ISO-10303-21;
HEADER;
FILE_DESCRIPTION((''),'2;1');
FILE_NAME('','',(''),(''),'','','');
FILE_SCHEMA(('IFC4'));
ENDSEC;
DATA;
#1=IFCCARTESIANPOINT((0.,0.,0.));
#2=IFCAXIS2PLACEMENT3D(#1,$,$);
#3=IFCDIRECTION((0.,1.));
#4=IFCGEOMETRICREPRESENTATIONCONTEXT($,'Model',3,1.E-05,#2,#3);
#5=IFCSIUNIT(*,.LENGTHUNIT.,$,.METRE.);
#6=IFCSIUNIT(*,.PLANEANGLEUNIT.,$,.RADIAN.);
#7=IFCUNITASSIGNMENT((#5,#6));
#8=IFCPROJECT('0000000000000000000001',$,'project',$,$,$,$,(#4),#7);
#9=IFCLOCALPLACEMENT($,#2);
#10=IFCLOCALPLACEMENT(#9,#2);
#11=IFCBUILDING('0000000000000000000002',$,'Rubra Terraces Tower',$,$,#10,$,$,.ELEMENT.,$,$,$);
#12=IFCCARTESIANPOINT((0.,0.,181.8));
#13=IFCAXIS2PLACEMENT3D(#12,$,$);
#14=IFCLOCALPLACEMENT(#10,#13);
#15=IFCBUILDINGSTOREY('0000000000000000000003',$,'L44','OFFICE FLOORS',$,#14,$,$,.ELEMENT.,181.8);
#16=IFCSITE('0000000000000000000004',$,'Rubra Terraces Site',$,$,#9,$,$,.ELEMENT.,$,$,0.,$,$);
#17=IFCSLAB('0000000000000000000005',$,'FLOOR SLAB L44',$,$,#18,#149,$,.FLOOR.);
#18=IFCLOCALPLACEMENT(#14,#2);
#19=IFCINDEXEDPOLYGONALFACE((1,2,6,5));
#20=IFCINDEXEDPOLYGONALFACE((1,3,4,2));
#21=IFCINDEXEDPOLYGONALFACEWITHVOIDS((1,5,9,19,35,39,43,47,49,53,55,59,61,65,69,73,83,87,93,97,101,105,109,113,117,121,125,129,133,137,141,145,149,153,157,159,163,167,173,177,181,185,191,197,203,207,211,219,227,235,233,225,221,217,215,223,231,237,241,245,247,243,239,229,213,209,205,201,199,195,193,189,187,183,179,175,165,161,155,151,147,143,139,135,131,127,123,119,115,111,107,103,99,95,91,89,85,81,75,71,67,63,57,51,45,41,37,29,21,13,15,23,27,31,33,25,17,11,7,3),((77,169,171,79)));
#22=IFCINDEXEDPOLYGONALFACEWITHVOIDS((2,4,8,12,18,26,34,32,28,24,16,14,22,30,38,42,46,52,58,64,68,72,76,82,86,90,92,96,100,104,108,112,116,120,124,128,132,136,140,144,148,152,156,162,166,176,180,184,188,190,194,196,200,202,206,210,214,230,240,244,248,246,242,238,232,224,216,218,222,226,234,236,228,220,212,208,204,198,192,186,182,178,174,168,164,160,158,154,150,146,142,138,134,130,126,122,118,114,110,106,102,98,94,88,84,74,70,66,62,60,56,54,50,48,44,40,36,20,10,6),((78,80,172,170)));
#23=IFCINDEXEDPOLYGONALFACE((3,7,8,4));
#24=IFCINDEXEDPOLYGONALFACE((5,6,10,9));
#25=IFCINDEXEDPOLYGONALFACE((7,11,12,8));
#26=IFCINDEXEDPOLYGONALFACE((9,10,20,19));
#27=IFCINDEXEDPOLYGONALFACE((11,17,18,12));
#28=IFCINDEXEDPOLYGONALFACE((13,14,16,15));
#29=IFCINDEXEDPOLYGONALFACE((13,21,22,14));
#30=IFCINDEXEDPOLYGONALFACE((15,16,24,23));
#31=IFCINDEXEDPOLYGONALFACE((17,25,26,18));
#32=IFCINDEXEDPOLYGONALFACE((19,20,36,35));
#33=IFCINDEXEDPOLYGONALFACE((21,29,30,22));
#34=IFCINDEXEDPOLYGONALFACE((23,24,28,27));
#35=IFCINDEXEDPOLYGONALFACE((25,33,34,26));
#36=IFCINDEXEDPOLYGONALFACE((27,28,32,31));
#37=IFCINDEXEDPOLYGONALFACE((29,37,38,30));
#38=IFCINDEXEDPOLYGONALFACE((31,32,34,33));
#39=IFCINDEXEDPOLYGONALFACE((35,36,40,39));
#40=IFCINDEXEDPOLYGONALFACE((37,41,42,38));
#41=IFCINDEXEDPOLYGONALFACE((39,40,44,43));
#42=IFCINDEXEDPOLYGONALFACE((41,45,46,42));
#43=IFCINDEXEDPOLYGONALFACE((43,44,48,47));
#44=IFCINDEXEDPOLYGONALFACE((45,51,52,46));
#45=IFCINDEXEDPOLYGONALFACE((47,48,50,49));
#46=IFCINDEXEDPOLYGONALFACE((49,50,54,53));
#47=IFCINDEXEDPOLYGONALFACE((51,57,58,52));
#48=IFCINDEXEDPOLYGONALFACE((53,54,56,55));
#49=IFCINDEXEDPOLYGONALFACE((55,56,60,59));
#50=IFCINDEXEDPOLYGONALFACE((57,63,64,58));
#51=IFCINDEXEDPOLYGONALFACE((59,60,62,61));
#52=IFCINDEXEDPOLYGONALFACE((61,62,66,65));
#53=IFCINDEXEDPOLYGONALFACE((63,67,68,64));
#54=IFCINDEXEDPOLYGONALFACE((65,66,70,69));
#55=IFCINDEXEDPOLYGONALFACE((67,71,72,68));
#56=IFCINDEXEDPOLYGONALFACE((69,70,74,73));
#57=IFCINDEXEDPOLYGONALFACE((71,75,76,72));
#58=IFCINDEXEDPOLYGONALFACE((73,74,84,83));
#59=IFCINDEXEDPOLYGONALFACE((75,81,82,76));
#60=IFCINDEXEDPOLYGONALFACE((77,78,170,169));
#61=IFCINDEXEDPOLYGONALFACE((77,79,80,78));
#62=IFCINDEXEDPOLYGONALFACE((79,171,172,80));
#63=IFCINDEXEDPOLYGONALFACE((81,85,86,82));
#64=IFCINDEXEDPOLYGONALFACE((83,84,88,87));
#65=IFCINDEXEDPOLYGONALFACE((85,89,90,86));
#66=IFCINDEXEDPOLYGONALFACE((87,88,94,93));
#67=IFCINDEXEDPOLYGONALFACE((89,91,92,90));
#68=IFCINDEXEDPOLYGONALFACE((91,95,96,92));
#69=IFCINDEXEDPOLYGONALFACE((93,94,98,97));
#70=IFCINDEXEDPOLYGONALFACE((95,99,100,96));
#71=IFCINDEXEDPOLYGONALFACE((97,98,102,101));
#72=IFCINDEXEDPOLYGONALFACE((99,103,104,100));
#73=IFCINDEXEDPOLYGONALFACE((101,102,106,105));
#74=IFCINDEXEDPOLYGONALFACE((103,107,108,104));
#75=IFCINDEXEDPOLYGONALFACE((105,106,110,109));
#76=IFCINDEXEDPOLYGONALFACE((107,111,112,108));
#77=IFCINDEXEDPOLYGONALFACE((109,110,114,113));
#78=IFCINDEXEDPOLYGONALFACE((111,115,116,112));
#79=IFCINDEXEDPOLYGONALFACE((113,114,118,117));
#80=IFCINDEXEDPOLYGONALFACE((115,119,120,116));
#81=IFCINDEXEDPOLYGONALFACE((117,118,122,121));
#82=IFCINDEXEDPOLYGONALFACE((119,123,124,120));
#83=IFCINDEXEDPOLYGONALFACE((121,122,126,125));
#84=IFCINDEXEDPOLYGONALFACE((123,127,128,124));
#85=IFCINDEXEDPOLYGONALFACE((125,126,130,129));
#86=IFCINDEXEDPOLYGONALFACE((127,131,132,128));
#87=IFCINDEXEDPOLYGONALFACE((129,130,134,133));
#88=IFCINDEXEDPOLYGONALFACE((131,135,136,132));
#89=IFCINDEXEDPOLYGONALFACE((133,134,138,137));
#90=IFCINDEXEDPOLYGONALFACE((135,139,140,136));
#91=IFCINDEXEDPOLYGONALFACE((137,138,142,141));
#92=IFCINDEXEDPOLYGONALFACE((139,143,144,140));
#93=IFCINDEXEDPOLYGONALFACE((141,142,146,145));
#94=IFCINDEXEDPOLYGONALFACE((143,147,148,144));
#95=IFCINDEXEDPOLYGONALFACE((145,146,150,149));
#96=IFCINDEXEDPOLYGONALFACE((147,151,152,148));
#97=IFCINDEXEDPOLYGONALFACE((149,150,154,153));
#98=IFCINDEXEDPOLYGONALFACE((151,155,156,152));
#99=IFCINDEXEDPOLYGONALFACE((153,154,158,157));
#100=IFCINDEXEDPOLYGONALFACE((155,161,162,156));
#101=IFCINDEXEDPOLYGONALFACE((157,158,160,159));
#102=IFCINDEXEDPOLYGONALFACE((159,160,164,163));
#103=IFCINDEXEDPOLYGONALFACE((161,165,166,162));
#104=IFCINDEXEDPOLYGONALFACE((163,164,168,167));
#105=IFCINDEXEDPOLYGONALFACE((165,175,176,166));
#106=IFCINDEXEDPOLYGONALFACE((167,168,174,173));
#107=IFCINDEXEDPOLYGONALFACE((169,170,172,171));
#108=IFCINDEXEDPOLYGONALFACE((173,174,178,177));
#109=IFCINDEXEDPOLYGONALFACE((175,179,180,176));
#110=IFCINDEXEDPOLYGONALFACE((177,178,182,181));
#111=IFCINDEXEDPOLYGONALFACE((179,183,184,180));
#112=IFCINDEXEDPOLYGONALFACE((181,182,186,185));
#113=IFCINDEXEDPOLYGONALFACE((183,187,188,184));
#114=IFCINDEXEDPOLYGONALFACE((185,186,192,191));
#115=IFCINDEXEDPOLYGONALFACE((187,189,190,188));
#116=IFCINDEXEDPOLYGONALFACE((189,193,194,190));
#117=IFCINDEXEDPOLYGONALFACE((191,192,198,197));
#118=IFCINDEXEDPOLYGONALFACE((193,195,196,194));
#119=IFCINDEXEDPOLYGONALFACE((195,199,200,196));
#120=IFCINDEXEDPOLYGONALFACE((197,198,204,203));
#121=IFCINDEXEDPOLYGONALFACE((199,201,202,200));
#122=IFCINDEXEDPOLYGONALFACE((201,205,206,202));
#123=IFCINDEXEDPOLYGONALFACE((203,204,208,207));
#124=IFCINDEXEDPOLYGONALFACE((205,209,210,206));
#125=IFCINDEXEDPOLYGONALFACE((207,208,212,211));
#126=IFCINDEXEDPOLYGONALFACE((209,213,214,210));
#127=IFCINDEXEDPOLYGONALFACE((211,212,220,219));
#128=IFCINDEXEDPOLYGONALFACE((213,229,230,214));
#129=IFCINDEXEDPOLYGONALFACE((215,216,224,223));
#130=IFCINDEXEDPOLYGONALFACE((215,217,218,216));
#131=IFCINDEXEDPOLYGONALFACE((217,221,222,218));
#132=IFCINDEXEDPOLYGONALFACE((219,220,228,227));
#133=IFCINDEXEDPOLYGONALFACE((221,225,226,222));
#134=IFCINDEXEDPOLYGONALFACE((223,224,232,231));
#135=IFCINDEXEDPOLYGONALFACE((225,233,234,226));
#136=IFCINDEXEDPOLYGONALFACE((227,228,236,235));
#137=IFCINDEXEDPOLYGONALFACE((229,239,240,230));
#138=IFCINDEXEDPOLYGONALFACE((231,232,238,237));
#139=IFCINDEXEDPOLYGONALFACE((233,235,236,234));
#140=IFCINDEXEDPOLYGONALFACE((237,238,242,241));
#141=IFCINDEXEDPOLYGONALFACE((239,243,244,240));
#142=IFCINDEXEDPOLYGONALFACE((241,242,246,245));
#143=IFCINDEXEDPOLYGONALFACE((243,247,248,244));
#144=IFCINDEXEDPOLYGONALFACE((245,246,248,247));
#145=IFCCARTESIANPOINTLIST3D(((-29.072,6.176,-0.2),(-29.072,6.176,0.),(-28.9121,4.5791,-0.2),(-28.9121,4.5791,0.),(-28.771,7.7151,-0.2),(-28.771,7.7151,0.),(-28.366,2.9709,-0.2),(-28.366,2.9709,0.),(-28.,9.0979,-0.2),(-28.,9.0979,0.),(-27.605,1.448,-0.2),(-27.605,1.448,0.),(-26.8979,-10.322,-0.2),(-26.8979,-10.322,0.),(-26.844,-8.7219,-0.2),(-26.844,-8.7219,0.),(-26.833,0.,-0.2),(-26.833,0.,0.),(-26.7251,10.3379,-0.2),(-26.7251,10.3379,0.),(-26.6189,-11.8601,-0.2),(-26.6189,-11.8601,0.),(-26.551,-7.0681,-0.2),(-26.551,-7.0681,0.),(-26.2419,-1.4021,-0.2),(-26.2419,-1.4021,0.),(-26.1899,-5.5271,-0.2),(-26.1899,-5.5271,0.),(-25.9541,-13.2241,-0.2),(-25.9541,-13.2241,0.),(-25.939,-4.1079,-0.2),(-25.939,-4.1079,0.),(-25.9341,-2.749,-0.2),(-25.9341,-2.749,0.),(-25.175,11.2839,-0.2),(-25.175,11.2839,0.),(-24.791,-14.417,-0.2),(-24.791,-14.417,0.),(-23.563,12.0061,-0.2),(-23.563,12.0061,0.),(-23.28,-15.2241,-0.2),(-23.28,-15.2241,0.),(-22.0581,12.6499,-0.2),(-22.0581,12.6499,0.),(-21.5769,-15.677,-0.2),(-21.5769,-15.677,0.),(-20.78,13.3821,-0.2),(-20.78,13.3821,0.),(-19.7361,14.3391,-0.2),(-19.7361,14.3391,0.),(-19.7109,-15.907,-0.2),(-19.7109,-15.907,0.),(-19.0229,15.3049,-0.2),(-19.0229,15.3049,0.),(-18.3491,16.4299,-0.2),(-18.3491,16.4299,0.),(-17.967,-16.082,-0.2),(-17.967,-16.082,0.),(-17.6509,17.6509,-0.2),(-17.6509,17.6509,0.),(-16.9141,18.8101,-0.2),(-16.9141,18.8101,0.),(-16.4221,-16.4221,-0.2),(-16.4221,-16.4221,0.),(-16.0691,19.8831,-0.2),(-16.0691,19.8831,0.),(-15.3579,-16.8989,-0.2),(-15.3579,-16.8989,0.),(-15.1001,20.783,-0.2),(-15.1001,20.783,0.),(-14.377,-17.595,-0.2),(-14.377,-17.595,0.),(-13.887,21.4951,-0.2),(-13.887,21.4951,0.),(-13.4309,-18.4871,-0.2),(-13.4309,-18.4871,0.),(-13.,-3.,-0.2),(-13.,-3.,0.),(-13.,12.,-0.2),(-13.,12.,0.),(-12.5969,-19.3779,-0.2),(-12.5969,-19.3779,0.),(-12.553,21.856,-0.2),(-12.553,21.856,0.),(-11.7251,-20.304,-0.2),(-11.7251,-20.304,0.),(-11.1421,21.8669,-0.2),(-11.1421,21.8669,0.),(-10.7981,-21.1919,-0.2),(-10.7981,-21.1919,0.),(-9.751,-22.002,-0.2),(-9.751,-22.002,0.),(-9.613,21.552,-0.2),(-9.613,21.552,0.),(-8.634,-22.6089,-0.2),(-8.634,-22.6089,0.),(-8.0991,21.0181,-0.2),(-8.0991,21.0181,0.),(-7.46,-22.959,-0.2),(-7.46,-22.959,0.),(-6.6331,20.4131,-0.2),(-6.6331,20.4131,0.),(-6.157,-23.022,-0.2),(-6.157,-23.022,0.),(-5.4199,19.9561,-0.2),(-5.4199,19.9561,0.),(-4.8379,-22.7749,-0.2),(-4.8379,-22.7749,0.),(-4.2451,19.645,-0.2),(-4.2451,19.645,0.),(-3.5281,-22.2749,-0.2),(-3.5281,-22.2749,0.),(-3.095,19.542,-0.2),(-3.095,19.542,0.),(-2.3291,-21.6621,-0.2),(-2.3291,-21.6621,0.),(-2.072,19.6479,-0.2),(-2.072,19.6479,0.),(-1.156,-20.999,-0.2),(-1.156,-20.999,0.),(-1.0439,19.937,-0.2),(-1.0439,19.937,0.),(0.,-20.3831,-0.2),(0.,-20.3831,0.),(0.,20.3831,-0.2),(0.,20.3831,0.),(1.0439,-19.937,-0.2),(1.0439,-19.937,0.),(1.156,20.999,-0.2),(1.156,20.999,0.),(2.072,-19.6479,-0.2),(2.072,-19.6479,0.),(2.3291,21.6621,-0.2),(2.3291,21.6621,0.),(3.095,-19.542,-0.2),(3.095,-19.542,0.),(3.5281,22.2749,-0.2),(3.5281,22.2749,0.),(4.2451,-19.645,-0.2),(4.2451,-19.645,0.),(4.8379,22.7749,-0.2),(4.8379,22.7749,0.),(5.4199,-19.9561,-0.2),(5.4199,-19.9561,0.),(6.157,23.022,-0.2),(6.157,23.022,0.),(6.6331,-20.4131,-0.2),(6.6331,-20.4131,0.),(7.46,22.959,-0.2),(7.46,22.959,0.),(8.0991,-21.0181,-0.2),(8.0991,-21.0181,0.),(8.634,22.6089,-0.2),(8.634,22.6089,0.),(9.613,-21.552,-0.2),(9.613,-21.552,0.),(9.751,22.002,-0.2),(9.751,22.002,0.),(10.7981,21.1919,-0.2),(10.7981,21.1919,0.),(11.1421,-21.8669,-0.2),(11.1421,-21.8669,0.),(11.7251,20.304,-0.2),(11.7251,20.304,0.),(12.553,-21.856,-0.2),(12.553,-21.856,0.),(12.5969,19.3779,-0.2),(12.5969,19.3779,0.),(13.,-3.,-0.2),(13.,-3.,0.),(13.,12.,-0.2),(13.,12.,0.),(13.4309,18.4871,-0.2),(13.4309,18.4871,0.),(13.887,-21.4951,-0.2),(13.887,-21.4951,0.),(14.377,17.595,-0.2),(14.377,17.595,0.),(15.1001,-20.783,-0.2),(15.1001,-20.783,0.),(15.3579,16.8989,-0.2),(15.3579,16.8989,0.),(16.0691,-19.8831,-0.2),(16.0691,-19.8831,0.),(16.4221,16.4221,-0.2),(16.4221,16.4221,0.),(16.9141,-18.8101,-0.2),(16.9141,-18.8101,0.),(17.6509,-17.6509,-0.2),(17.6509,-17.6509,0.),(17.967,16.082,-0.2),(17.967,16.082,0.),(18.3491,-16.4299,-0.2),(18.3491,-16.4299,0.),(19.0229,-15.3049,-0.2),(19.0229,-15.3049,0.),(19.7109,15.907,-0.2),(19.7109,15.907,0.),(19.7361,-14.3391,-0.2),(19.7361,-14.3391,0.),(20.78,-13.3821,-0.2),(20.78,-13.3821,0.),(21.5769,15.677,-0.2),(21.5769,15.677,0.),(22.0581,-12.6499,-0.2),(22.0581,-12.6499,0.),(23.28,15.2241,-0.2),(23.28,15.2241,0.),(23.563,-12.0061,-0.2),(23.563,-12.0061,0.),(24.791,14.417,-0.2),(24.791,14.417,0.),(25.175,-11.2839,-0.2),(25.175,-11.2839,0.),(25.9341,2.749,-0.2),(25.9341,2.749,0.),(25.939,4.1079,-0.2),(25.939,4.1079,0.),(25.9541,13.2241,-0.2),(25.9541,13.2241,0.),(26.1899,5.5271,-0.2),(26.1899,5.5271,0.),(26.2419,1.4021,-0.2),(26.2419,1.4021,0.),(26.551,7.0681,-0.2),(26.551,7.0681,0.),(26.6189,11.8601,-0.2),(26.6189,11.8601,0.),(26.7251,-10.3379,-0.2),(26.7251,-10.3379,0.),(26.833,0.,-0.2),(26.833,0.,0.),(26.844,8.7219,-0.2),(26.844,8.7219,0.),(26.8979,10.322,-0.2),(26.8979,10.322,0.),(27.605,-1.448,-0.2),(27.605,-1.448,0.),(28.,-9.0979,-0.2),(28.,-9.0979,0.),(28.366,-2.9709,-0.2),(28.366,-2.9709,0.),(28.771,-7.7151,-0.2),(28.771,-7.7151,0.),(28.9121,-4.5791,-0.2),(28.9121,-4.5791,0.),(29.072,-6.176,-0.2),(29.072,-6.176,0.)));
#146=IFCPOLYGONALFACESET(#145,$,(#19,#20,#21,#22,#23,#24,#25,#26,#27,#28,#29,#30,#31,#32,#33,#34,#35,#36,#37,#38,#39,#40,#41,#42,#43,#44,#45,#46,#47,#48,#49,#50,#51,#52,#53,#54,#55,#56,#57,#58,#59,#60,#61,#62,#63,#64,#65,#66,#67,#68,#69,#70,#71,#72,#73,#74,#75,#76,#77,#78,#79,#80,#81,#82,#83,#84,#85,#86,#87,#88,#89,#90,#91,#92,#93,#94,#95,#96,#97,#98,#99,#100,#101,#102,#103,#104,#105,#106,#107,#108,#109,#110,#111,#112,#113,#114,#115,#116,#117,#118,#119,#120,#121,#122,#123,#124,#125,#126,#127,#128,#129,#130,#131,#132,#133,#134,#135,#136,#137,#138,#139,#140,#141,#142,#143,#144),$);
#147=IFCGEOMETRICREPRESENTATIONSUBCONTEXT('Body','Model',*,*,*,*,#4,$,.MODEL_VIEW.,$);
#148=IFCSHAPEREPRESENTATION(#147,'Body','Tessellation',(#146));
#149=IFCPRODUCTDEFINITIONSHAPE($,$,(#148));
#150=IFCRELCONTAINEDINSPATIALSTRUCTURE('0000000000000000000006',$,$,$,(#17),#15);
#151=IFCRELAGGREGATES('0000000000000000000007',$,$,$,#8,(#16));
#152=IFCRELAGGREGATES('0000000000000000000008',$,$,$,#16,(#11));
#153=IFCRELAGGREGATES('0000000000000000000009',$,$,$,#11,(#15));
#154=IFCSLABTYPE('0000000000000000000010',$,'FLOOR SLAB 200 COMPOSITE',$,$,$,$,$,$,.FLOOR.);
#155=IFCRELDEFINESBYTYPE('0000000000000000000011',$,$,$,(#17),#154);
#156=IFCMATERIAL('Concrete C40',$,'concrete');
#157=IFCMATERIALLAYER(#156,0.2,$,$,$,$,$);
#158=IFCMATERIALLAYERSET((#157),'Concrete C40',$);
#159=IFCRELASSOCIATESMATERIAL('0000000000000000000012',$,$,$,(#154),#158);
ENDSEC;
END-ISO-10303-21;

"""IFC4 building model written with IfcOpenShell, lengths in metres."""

from ifc_helpers import new_model, si_unit, direction, frame, origin, place, context, subcontext, project, spatial, polyline, outline, extrude, material, layer, layer_set, type_object, element, save


model = new_model("IFC4")

# Units and contexts
model_context = context("Model", 3, precision=1e-05, world=origin(), true_north=direction((0.0, 1.0)))
body_context = subcontext(model_context, "Body", "Model", "MODEL_VIEW")
ifc_project = project(units=[si_unit("LENGTHUNIT", "METRE"), si_unit("PLANEANGLEUNIT", "RADIAN")], contexts=[model_context])

# Site, building, storey
site_placement = place(None, origin())
site = spatial("IfcSite", under=ifc_project, at=site_placement, Name="Rubra Terraces Site", CompositionType="ELEMENT", RefElevation=0.0)
building_placement = place(site_placement, origin())
building = spatial("IfcBuilding", under=site, at=building_placement, Name="Rubra Terraces Tower", CompositionType="ELEMENT")
storey_placement = place(building_placement, frame((0.0, 0.0, 181.8)))
storey = spatial("IfcBuildingStorey", under=building, at=storey_placement, Name="L44", Description="OFFICE FLOORS", CompositionType="ELEMENT", Elevation=181.8)

# Shared definitions
ifc_material_1 = material(Name="Concrete C40", Category="concrete")

# Slab
ifc_layer_1 = layer(ifc_material_1, 0.2)
ifc_layer_set_1 = layer_set([ifc_layer_1], Name="Concrete C40")
slab_type_1 = type_object("IfcSlabType", Name="FLOOR SLAB 200 COMPOSITE", PredefinedType="FLOOR", material=ifc_layer_set_1)
slab_1_placement = place(storey_placement, frame((0.0, 0.0, -0.2)))
element("IfcSlab", 1, at=slab_1_placement, inside=storey, type_object=slab_type_1, Name="FLOOR SLAB L44", PredefinedType="FLOOR", context=body_context, shape_type="SweptSolid", body=[
    extrude(outline(polyline([(27.605, -1.448), (26.833, 0.0), (26.2419, 1.4021), (25.9341, 2.749), (25.939, 4.1079), (26.1899, 5.5271), (26.551, 7.0681), (26.844, 8.7219), (26.8979, 10.322), (26.6189, 11.8601), (25.9541, 13.2241), (24.791, 14.417), (23.28, 15.2241), (21.5769, 15.677), (19.7109, 15.907), (17.967, 16.082), (16.4221, 16.4221), (15.3579, 16.8989), (14.377, 17.595), (13.4309, 18.4871), (12.5969, 19.3779), (11.7251, 20.304), (10.7981, 21.1919), (9.751, 22.002), (8.634, 22.6089), (7.46, 22.959), (6.157, 23.022), (4.8379, 22.7749), (3.5281, 22.2749), (2.3291, 21.6621), (1.156, 20.999), (0.0, 20.3831), (-1.0439, 19.937), (-2.072, 19.6479), (-3.095, 19.542), (-4.2451, 19.645), (-5.4199, 19.9561), (-6.6331, 20.4131), (-8.0991, 21.0181), (-9.613, 21.552), (-11.1421, 21.8669), (-12.553, 21.856), (-13.887, 21.4951), (-15.1001, 20.783), (-16.0691, 19.8831), (-16.9141, 18.8101), (-17.6509, 17.6509), (-18.3491, 16.4299), (-19.0229, 15.3049), (-19.7361, 14.3391), (-20.78, 13.3821), (-22.0581, 12.6499), (-23.563, 12.0061), (-25.175, 11.2839), (-26.7251, 10.3379), (-28.0, 9.0979), (-28.771, 7.7151), (-29.072, 6.176), (-28.9121, 4.5791), (-28.366, 2.9709), (-27.605, 1.448), (-26.833, 0.0), (-26.2419, -1.4021), (-25.9341, -2.749), (-25.939, -4.1079), (-26.1899, -5.5271), (-26.551, -7.0681), (-26.844, -8.7219), (-26.8979, -10.322), (-26.6189, -11.8601), (-25.9541, -13.2241), (-24.791, -14.417), (-23.28, -15.2241), (-21.5769, -15.677), (-19.7109, -15.907), (-17.967, -16.082), (-16.4221, -16.4221), (-15.3579, -16.8989), (-14.377, -17.595), (-13.4309, -18.4871), (-12.5969, -19.3779), (-11.7251, -20.304), (-10.7981, -21.1919), (-9.751, -22.002), (-8.634, -22.6089), (-7.46, -22.959), (-6.157, -23.022), (-4.8379, -22.7749), (-3.5281, -22.2749), (-2.3291, -21.6621), (-1.156, -20.999), (0.0, -20.3831), (1.0439, -19.937), (2.072, -19.6479), (3.095, -19.542), (4.2451, -19.645), (5.4199, -19.9561), (6.6331, -20.4131), (8.0991, -21.0181), (9.613, -21.552), (11.1421, -21.8669), (12.553, -21.856), (13.887, -21.4951), (15.1001, -20.783), (16.0691, -19.8831), (16.9141, -18.8101), (17.6509, -17.6509), (18.3491, -16.4299), (19.0229, -15.3049), (19.7361, -14.3391), (20.78, -13.3821), (22.0581, -12.6499), (23.563, -12.0061), (25.175, -11.2839), (26.7251, -10.3379), (28.0, -9.0979), (28.771, -7.7151), (29.072, -6.176), (28.9121, -4.5791), (28.366, -2.9709), (27.605, -1.448)]), holes=[polyline([(13.0, 12.0), (13.0, -3.0), (-13.0, -3.0), (-13.0, 12.0), (13.0, 12.0)])]), origin(), (0.0, 0.0, 1.0), 0.2),
])

save(model, "model.ifc")
